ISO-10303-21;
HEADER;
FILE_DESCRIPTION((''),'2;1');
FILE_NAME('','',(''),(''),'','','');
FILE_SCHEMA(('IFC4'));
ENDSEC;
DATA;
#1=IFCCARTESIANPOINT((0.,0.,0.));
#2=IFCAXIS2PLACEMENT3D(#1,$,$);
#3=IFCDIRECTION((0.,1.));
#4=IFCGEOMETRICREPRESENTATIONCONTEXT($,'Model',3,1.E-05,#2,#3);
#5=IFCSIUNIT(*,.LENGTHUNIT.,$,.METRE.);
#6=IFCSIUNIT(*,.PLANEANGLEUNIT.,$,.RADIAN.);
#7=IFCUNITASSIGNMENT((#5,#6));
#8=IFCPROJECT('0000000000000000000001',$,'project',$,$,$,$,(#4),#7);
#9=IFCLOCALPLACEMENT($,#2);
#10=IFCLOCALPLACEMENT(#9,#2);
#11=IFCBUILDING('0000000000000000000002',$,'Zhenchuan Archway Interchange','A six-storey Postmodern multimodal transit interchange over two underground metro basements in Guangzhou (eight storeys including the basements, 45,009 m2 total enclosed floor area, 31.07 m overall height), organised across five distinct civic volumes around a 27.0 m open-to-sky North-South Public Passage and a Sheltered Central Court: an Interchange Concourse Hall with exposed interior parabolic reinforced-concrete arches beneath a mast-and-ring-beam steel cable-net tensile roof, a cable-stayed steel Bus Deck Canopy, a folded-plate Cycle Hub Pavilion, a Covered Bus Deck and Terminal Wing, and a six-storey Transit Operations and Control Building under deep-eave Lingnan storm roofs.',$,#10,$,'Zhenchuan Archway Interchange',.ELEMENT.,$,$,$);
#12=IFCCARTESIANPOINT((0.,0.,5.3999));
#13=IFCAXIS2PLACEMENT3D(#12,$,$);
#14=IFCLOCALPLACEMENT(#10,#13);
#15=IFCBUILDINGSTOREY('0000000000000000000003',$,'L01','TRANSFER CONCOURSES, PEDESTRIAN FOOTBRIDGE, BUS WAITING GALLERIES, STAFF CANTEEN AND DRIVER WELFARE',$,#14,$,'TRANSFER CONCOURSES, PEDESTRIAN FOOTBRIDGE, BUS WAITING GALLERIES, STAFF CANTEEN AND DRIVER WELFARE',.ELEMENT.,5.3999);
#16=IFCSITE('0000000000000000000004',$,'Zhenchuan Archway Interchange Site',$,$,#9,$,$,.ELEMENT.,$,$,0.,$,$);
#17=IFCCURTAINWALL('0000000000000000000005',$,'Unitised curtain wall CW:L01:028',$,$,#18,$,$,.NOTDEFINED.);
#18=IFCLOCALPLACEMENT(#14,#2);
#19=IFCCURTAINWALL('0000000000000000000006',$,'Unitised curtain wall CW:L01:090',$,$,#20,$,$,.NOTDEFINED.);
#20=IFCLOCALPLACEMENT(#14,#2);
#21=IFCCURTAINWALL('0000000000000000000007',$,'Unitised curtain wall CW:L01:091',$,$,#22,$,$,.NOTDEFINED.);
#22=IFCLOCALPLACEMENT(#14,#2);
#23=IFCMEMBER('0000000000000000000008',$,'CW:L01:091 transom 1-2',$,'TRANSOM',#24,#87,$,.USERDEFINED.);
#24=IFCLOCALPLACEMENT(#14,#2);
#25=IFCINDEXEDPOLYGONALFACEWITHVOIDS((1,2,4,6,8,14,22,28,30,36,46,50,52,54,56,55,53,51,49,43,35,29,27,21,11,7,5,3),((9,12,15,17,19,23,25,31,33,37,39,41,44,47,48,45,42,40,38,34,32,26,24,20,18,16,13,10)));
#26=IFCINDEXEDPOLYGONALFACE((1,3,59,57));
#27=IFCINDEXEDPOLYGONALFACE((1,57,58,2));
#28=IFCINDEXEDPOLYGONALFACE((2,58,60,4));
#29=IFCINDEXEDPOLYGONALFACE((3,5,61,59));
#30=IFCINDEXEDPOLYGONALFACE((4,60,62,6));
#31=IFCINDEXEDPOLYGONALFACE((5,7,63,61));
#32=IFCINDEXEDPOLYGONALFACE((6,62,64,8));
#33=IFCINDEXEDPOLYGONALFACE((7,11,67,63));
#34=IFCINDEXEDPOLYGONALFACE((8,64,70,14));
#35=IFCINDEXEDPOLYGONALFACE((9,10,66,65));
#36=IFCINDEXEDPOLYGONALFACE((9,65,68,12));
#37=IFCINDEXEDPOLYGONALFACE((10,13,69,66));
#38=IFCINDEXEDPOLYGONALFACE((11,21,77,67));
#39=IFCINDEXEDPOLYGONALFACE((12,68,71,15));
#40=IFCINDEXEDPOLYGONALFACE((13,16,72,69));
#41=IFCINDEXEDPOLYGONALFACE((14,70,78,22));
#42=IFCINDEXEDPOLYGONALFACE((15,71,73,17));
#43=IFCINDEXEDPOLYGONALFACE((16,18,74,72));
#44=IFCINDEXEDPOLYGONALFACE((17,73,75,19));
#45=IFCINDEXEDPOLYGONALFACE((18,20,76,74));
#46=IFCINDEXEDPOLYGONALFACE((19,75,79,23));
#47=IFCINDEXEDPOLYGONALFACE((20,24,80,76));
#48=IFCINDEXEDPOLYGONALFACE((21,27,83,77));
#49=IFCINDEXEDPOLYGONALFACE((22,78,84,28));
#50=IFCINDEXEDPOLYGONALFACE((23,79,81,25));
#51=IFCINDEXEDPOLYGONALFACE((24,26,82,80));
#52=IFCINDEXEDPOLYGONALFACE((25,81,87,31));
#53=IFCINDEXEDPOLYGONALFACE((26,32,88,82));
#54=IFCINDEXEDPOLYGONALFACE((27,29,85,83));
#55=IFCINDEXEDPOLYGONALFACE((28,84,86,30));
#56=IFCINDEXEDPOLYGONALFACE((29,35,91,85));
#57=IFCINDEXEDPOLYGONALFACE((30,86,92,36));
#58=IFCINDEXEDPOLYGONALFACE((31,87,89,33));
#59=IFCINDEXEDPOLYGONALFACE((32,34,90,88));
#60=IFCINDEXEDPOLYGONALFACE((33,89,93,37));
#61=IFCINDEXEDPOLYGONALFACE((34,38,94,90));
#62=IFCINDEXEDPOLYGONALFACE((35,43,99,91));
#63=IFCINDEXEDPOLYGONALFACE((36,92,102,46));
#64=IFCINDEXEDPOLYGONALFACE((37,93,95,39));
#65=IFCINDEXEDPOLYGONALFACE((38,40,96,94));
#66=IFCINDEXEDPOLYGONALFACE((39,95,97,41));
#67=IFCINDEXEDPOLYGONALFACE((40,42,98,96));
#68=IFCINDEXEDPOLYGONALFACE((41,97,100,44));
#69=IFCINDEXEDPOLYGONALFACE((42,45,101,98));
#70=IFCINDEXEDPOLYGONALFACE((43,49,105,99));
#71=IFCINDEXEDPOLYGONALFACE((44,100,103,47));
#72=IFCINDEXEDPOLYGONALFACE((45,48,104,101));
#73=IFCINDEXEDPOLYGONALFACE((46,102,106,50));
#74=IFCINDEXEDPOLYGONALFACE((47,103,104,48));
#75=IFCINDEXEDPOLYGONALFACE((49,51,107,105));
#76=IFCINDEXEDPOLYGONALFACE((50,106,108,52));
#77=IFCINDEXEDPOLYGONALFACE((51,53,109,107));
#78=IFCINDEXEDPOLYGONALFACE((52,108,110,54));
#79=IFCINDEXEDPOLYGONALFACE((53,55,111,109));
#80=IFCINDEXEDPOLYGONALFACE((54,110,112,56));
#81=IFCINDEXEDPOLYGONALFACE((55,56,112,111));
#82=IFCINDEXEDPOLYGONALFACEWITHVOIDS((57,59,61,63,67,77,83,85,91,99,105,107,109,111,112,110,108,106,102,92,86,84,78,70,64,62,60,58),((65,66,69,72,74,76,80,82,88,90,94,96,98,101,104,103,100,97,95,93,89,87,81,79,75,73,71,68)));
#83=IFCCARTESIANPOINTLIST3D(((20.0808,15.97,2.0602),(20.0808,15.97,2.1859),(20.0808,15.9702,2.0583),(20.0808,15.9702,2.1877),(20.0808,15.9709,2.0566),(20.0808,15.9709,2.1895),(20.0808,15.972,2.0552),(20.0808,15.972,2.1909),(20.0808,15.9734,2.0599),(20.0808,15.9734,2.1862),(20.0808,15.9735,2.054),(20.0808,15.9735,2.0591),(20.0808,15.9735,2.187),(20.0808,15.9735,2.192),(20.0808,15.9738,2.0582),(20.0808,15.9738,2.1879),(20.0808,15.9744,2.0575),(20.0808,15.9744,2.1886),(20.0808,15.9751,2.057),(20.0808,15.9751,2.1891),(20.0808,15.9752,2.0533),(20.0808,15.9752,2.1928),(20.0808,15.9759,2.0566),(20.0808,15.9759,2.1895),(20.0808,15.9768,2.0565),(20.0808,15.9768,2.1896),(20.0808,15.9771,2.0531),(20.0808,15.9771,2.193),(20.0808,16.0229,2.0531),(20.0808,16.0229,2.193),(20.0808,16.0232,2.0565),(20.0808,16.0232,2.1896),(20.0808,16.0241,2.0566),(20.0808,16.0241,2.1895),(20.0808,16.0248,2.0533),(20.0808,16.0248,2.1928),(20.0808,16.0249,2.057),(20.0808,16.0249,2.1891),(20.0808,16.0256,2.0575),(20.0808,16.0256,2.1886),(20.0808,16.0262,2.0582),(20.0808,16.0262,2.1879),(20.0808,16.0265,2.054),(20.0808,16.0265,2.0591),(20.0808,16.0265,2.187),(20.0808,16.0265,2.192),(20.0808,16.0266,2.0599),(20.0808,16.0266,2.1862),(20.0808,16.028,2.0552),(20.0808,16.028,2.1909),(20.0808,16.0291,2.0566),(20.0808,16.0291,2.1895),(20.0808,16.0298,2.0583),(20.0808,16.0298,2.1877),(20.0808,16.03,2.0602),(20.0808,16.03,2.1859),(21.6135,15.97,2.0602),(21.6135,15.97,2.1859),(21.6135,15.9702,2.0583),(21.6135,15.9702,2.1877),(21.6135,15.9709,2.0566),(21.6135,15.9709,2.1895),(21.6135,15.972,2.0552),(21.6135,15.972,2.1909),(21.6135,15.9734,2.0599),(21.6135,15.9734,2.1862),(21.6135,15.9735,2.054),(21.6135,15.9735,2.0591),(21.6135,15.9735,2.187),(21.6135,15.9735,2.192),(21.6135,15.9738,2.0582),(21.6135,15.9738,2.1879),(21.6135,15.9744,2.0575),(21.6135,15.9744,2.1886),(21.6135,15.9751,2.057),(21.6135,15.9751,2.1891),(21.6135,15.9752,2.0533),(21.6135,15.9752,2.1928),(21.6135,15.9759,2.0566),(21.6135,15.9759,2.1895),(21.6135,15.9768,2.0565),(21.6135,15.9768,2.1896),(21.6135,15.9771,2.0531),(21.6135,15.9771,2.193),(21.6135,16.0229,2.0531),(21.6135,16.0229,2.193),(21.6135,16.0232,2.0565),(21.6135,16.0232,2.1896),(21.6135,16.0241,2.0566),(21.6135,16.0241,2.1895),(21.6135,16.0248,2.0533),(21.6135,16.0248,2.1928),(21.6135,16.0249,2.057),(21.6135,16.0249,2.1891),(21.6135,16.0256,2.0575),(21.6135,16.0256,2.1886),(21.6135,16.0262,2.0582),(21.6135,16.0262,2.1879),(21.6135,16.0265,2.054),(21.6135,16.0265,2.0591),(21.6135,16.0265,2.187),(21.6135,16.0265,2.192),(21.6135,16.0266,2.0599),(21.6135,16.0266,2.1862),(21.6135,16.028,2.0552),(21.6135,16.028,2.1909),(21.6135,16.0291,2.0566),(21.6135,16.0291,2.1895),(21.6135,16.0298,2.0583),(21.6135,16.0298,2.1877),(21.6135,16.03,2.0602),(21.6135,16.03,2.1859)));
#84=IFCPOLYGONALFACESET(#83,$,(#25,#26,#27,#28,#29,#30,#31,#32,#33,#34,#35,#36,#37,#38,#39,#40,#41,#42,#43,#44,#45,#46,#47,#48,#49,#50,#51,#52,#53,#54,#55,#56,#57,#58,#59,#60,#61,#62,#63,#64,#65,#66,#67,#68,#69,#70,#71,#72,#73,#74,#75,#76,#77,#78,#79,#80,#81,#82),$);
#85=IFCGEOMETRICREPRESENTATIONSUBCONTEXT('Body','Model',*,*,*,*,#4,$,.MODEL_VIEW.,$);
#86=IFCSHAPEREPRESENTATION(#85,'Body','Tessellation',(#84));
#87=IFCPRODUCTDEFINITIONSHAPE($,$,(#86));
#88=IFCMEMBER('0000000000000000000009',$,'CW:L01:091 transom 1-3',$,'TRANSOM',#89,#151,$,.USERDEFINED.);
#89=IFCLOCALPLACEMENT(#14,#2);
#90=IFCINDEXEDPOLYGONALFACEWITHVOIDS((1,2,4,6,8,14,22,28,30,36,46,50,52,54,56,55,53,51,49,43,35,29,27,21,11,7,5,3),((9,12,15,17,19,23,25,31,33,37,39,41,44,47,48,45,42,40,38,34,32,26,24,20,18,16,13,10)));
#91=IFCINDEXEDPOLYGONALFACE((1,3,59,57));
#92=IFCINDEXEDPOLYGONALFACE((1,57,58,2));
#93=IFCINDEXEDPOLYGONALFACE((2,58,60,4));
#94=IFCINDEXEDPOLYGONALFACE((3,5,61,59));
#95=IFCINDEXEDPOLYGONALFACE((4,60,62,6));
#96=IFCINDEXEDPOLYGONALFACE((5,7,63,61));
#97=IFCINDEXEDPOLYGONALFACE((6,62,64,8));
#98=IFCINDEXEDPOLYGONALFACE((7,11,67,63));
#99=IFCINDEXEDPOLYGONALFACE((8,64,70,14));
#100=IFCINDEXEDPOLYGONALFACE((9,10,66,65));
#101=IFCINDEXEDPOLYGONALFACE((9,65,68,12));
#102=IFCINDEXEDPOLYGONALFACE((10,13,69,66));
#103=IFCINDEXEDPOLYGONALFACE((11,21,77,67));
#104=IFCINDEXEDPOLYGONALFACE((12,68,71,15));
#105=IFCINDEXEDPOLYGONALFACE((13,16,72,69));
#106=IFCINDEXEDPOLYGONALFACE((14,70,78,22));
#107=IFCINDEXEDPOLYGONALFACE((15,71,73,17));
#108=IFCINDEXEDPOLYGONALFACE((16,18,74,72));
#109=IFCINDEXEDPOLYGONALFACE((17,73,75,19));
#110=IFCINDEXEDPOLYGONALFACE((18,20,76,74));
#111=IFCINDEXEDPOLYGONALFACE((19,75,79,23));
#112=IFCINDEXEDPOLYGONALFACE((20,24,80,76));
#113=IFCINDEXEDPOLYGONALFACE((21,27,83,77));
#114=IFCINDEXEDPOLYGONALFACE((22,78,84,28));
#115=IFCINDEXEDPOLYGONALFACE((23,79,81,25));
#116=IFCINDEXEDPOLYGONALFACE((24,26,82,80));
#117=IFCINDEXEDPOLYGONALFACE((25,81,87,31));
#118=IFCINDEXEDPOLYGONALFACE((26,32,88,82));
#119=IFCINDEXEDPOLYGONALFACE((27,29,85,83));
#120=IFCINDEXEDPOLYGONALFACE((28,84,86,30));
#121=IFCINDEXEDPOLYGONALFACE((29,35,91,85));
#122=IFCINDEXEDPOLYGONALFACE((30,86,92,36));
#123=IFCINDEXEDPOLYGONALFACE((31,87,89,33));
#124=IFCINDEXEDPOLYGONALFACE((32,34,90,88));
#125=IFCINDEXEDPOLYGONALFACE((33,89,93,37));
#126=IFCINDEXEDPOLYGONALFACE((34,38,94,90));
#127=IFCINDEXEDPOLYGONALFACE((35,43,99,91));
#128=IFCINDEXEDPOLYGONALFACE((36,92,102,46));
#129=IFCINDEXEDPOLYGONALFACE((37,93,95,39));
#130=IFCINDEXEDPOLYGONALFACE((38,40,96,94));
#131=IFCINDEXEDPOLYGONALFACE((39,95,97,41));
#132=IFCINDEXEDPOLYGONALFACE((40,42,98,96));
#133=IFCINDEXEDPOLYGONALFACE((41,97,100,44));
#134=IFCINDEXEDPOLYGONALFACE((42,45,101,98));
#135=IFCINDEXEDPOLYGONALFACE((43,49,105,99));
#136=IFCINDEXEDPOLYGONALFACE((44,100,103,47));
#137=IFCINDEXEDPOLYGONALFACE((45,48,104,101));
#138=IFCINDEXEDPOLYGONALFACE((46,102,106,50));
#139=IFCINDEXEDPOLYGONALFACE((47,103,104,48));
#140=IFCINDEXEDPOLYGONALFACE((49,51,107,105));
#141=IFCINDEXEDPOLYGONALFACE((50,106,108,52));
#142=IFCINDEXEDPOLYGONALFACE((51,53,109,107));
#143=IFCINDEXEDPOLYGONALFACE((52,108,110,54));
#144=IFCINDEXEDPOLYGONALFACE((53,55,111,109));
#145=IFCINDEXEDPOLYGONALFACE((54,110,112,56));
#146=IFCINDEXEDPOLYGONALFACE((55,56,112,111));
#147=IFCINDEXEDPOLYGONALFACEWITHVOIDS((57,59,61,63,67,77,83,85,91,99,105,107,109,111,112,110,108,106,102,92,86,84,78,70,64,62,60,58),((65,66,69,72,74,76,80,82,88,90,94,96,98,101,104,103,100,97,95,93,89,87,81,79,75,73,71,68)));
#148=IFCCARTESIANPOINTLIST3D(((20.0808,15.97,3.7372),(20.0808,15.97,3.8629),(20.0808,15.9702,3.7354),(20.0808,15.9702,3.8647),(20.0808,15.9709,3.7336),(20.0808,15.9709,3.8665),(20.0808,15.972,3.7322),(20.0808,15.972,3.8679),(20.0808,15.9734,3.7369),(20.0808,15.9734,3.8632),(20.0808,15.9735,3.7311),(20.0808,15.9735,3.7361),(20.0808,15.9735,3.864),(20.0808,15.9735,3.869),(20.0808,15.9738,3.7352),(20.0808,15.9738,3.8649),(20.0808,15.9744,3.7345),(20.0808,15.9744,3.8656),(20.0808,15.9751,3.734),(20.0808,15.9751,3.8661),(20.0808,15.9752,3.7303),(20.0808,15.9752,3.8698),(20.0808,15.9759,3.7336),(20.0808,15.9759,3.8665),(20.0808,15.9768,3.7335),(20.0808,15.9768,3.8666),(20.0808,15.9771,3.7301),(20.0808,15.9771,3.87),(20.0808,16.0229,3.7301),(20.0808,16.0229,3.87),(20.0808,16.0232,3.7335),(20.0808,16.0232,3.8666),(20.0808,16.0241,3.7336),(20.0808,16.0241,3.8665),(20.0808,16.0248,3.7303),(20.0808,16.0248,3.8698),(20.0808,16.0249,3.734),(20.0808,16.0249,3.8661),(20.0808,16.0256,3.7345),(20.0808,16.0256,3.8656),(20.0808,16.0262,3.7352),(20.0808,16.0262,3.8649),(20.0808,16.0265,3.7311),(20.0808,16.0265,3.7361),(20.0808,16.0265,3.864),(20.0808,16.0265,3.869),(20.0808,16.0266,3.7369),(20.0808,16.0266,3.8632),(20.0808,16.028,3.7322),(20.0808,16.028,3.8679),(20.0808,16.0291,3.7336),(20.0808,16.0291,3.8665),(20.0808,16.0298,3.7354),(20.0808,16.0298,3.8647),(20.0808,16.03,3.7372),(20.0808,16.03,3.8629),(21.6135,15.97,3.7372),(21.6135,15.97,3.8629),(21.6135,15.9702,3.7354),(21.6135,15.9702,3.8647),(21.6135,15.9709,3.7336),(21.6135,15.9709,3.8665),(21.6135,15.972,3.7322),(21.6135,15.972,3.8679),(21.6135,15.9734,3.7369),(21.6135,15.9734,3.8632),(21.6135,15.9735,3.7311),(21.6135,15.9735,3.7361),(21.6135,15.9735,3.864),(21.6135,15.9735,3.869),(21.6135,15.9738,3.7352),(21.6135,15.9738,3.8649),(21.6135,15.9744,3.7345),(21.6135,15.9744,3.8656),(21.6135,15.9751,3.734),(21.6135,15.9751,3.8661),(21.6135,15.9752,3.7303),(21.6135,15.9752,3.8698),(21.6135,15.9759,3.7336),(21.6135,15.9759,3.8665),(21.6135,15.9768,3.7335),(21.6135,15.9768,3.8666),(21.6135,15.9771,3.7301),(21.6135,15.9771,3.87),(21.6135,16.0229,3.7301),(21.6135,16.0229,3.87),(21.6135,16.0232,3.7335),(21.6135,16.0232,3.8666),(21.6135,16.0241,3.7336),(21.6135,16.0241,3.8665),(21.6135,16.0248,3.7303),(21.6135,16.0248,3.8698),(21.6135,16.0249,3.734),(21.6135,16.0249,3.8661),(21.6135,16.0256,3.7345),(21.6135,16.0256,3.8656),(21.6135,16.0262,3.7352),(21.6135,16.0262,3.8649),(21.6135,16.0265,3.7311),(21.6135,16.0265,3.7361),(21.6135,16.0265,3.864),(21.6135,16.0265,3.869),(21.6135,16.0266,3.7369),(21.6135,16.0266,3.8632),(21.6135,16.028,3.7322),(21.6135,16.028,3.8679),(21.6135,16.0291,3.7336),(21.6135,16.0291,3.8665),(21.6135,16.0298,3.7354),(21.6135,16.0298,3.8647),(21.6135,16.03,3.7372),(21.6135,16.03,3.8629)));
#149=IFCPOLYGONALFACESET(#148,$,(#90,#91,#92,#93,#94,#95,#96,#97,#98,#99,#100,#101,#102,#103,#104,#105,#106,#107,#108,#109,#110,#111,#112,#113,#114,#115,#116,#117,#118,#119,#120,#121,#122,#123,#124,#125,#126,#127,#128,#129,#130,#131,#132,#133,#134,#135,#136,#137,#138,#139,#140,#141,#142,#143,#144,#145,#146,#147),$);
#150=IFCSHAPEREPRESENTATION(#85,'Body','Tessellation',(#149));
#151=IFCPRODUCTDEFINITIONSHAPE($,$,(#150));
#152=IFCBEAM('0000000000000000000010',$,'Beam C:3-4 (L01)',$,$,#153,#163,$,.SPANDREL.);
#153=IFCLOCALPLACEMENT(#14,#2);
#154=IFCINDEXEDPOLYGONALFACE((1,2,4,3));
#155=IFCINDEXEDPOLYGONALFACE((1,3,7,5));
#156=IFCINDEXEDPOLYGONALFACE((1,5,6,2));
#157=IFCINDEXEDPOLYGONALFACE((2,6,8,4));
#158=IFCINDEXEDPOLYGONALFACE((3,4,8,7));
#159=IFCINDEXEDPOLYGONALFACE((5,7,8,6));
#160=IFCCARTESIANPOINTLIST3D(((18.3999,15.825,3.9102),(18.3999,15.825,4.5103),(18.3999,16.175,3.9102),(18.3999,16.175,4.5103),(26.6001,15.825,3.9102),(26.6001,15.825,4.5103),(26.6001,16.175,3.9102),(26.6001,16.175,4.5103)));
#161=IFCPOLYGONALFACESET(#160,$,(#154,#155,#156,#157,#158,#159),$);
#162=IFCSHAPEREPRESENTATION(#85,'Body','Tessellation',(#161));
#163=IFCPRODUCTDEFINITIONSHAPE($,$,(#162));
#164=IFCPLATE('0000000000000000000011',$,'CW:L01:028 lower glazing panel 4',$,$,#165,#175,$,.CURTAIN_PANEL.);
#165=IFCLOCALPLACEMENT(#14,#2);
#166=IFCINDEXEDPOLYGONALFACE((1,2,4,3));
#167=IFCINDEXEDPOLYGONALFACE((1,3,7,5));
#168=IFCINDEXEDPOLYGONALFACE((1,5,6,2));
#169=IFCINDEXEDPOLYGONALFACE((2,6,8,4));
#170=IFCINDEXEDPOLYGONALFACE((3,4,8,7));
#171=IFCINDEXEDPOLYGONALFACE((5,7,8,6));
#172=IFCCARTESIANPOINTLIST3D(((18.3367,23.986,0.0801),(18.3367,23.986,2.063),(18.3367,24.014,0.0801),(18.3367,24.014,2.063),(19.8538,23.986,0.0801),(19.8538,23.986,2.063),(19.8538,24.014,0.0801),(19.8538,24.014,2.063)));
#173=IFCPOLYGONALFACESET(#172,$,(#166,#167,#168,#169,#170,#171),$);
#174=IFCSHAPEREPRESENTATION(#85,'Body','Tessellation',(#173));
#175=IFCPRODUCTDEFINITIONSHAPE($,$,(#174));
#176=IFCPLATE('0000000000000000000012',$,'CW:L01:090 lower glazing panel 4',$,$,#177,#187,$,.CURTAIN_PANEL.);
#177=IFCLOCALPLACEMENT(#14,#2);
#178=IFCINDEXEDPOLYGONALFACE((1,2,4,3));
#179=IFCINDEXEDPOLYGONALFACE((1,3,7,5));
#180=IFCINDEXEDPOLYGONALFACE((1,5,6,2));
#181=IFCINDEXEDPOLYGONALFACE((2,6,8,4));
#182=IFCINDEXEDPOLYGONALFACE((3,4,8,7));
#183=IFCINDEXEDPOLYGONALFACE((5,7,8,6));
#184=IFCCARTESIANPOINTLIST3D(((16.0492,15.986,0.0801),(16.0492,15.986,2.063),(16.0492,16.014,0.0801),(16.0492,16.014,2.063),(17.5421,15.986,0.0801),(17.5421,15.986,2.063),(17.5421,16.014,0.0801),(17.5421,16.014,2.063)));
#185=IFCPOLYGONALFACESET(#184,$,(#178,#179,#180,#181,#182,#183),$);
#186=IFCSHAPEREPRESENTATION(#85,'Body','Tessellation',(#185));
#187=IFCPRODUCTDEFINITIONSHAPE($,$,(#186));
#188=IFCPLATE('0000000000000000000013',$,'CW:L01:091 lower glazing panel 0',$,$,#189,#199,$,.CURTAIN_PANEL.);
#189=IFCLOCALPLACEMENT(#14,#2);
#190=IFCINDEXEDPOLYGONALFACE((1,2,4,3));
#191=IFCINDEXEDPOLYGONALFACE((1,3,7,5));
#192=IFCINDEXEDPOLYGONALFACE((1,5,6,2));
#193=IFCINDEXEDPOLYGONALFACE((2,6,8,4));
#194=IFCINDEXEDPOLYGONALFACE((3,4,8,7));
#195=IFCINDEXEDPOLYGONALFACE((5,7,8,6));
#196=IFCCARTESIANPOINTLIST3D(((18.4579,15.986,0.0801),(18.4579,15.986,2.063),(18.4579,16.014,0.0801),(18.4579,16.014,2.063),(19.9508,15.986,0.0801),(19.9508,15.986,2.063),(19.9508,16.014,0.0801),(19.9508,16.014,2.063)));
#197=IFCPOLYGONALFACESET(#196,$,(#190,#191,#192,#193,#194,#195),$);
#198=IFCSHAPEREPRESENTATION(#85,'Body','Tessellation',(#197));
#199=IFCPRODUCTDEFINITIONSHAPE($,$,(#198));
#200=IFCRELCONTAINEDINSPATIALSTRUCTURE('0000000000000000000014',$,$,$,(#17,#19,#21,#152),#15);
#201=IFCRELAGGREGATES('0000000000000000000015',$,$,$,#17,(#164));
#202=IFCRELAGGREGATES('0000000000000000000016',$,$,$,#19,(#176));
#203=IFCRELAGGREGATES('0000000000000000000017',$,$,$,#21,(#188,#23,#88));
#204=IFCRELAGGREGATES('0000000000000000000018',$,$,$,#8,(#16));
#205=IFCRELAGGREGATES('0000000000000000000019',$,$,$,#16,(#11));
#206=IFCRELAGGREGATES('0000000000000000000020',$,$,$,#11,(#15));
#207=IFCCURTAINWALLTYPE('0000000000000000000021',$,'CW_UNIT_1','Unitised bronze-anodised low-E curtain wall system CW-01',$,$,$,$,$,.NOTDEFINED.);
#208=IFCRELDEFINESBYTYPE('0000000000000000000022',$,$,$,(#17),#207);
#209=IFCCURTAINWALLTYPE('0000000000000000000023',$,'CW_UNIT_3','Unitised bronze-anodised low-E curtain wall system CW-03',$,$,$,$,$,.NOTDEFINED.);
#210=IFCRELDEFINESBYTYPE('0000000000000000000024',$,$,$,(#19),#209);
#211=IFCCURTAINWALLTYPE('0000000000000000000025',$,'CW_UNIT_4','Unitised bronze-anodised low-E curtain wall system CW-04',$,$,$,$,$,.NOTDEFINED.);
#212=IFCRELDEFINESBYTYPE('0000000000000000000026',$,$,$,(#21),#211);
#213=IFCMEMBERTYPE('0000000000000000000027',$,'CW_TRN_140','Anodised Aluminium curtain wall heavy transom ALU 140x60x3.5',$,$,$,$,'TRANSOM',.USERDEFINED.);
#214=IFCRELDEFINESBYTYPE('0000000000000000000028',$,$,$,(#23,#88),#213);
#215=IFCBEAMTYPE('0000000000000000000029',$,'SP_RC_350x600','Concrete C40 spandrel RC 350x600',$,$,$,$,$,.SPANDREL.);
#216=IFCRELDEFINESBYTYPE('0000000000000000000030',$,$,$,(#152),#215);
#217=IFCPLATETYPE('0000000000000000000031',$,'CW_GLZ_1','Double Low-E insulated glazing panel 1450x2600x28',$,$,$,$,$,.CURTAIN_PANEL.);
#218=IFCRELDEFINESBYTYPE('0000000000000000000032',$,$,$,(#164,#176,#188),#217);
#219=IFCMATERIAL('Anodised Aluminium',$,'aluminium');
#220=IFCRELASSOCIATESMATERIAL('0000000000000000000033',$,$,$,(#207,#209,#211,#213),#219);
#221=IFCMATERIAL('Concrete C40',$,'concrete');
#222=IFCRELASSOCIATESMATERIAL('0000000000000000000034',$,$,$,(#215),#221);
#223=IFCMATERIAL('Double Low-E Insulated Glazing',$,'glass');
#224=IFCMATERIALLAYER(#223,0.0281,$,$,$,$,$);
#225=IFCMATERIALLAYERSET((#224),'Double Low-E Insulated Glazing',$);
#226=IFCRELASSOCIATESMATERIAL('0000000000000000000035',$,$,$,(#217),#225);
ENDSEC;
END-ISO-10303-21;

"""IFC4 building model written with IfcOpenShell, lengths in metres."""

from ifc_helpers import new_model, si_unit, direction, frame, origin, origin_2d, place, context, subcontext, project, spatial, rectangle, hollow_rectangle, extrude, material, layer, layer_set, material_profile, profile_set, type_object, element, aggregate, save


model = new_model("IFC4")

# Units and contexts
model_context = context("Model", 3, precision=1e-05, world=origin(), true_north=direction((0.0, 1.0)))
body_context = subcontext(model_context, "Body", "Model", "MODEL_VIEW")
ifc_project = project(units=[si_unit("LENGTHUNIT", "METRE"), si_unit("PLANEANGLEUNIT", "RADIAN")], contexts=[model_context])

# Site, building, storey
site_placement = place(None, origin())
site = spatial("IfcSite", under=ifc_project, at=site_placement, Name="Zhenchuan Archway Interchange Site", CompositionType="ELEMENT", RefElevation=0.0)
building_placement = place(site_placement, origin())
building = spatial("IfcBuilding", under=site, at=building_placement, Name="Zhenchuan Archway Interchange", Description="A six-storey Postmodern multimodal transit interchange over two underground metro basements in Guangzhou (eight storeys including the basements, 45,009 m2 total enclosed floor area, 31.07 m overall height), organised across five distinct civic volumes around a 27.0 m open-to-sky North-South Public Passage and a Sheltered Central Court: an Interchange Concourse Hall with exposed interior parabolic reinforced-concrete arches beneath a mast-and-ring-beam steel cable-net tensile roof, a cable-stayed steel Bus Deck Canopy, a folded-plate Cycle Hub Pavilion, a Covered Bus Deck and Terminal Wing, and a six-storey Transit Operations and Control Building under deep-eave Lingnan storm roofs.", LongName="Zhenchuan Archway Interchange", CompositionType="ELEMENT")
storey_placement = place(building_placement, frame((0.0, 0.0, 5.3999)))
storey = spatial("IfcBuildingStorey", under=building, at=storey_placement, Name="L01", Description="TRANSFER CONCOURSES, PEDESTRIAN FOOTBRIDGE, BUS WAITING GALLERIES, STAFF CANTEEN AND DRIVER WELFARE", LongName="TRANSFER CONCOURSES, PEDESTRIAN FOOTBRIDGE, BUS WAITING GALLERIES, STAFF CANTEEN AND DRIVER WELFARE", CompositionType="ELEMENT", Elevation=5.3999)

# Shared definitions
ifc_material_1 = material(Name="Concrete C40", Category="concrete")

# Curtain wall
ifc_material_2 = material(Name="Anodised Aluminium", Category="aluminium")
curtain_wall_type_1 = type_object("IfcCurtainWallType", Name="CW_UNIT_1", Description="Unitised bronze-anodised low-E curtain wall system CW-01", PredefinedType="NOTDEFINED", material=ifc_material_2)
curtain_wall_1_placement = place(storey_placement, origin())
curtain_wall_1 = element("IfcCurtainWall", 1, at=curtain_wall_1_placement, inside=storey, type_object=curtain_wall_type_1, Name="Unitised curtain wall CW:L01:028", PredefinedType="NOTDEFINED")

# Curtain walls
curtain_wall_type_2 = type_object("IfcCurtainWallType", Name="CW_UNIT_3", Description="Unitised bronze-anodised low-E curtain wall system CW-03", PredefinedType="NOTDEFINED", material=ifc_material_2)
curtain_wall_2_placement = place(storey_placement, origin())
curtain_wall_2 = element("IfcCurtainWall", 2, at=curtain_wall_2_placement, inside=storey, type_object=curtain_wall_type_2, Name="Unitised curtain wall CW:L01:090", PredefinedType="NOTDEFINED")
curtain_wall_type_3 = type_object("IfcCurtainWallType", Name="CW_UNIT_4", Description="Unitised bronze-anodised low-E curtain wall system CW-04", PredefinedType="NOTDEFINED", material=ifc_material_2)
curtain_wall_3_placement = place(storey_placement, origin())
curtain_wall_3 = element("IfcCurtainWall", 3, at=curtain_wall_3_placement, inside=storey, type_object=curtain_wall_type_3, Name="Unitised curtain wall CW:L01:091", PredefinedType="NOTDEFINED")

# Members
ifc_material_profile_1 = material_profile(ifc_material_2, hollow_rectangle(XDim=0.0601, YDim=0.1399, WallThickness=0.0034, InnerFilletRadius=0.0034, OuterFilletRadius=0.0071, at=origin_2d()), Name="ALU 140x60x3.5")
ifc_profile_set_1 = profile_set([ifc_material_profile_1], Name="Anodised Aluminium")
member_type_1 = type_object("IfcMemberType", Name="CW_TRN_140", Description="Anodised Aluminium curtain wall heavy transom ALU 140x60x3.5", ElementType="TRANSOM", PredefinedType="USERDEFINED", material=ifc_profile_set_1)
member_1_placement = place(storey_placement, frame((20.0808, 16.0, 2.123), z_axis=(1.0, 0.0, 0.0), x_axis=(0.0, 1.0, 0.0)))
member_1 = element("IfcMember", 4, at=member_1_placement, type_object=member_type_1, Name="CW:L01:091 transom 1-2", ObjectType="TRANSOM", PredefinedType="USERDEFINED", context=body_context, shape_type="SweptSolid", body=[
    extrude(hollow_rectangle(XDim=0.0601, YDim=0.1399, WallThickness=0.0034, InnerFilletRadius=0.0034, OuterFilletRadius=0.0071, at=origin_2d()), origin(), (0.0, 0.0, 1.0), 1.5327),
])
member_2_placement = place(storey_placement, frame((20.0808, 16.0, 3.8), z_axis=(1.0, 0.0, 0.0), x_axis=(0.0, 1.0, 0.0)))
member_2 = element("IfcMember", 5, at=member_2_placement, type_object=member_type_1, Name="CW:L01:091 transom 1-3", ObjectType="TRANSOM", PredefinedType="USERDEFINED", context=body_context, shape_type="SweptSolid", body=[
    extrude(hollow_rectangle(XDim=0.0601, YDim=0.1399, WallThickness=0.0034, InnerFilletRadius=0.0034, OuterFilletRadius=0.0071, at=origin_2d()), origin(), (0.0, 0.0, 1.0), 1.5327),
])

# Beam
ifc_material_profile_2 = material_profile(ifc_material_1, rectangle(XDim=0.3501, YDim=0.6001, at=origin_2d()), Name="RC 350x600")
ifc_profile_set_2 = profile_set([ifc_material_profile_2], Name="Concrete C40")
beam_type = type_object("IfcBeamType", Name="SP_RC_350x600", Description="Concrete C40 spandrel RC 350x600", PredefinedType="SPANDREL", material=ifc_profile_set_2)
beam_placement = place(storey_placement, frame((18.3999, 16.0, 4.2102), z_axis=(1.0, 0.0, 0.0), x_axis=(0.0, 1.0, 0.0)))
element("IfcBeam", 6, at=beam_placement, inside=storey, type_object=beam_type, Name="Beam C:3-4 (L01)", PredefinedType="SPANDREL", context=body_context, shape_type="SweptSolid", body=[
    extrude(rectangle(XDim=0.3501, YDim=0.6001, at=origin_2d()), origin(), (0.0, 0.0, 1.0), 8.2002),
])

# Plates
ifc_material_3 = material(Name="Double Low-E Insulated Glazing", Category="glass")
ifc_layer_1 = layer(ifc_material_3, 0.0281)
ifc_layer_set_1 = layer_set([ifc_layer_1], Name="Double Low-E Insulated Glazing")
plate_type_1 = type_object("IfcPlateType", Name="CW_GLZ_1", Description="Double Low-E insulated glazing panel 1450x2600x28", PredefinedType="CURTAIN_PANEL", material=ifc_layer_set_1)
plate_1_placement = place(storey_placement, frame((19.0952, 24.0, 0.0801), z_axis=(0.0, 0.0, 1.0), x_axis=(-1.0, 0.0, 0.0)))
plate_1 = element("IfcPlate", 7, at=plate_1_placement, type_object=plate_type_1, Name="CW:L01:028 lower glazing panel 4", PredefinedType="CURTAIN_PANEL", context=body_context, shape_type="SweptSolid", body=[
    extrude(rectangle(XDim=1.5171, YDim=0.0281, at=origin_2d()), origin(), (0.0, 0.0, 1.0), 1.9829),
])
plate_2_placement = place(storey_placement, frame((16.7957, 16.0, 0.0801), z_axis=(0.0, 0.0, 1.0), x_axis=(1.0, 0.0, 0.0)))
plate_2 = element("IfcPlate", 8, at=plate_2_placement, type_object=plate_type_1, Name="CW:L01:090 lower glazing panel 4", PredefinedType="CURTAIN_PANEL", context=body_context, shape_type="SweptSolid", body=[
    extrude(rectangle(XDim=1.4929, YDim=0.0281, at=origin_2d()), origin(), (0.0, 0.0, 1.0), 1.9829),
])
plate_3_placement = place(storey_placement, frame((19.2043, 16.0, 0.0801), z_axis=(0.0, 0.0, 1.0), x_axis=(1.0, 0.0, 0.0)))
plate_3 = element("IfcPlate", 9, at=plate_3_placement, type_object=plate_type_1, Name="CW:L01:091 lower glazing panel 0", PredefinedType="CURTAIN_PANEL", context=body_context, shape_type="SweptSolid", body=[
    extrude(rectangle(XDim=1.4929, YDim=0.0281, at=origin_2d()), origin(), (0.0, 0.0, 1.0), 1.9829),
])
aggregate(curtain_wall_1, [plate_1])
aggregate(curtain_wall_2, [plate_2])
aggregate(curtain_wall_3, [plate_3, member_1, member_2])

save(model, "model.ifc")
